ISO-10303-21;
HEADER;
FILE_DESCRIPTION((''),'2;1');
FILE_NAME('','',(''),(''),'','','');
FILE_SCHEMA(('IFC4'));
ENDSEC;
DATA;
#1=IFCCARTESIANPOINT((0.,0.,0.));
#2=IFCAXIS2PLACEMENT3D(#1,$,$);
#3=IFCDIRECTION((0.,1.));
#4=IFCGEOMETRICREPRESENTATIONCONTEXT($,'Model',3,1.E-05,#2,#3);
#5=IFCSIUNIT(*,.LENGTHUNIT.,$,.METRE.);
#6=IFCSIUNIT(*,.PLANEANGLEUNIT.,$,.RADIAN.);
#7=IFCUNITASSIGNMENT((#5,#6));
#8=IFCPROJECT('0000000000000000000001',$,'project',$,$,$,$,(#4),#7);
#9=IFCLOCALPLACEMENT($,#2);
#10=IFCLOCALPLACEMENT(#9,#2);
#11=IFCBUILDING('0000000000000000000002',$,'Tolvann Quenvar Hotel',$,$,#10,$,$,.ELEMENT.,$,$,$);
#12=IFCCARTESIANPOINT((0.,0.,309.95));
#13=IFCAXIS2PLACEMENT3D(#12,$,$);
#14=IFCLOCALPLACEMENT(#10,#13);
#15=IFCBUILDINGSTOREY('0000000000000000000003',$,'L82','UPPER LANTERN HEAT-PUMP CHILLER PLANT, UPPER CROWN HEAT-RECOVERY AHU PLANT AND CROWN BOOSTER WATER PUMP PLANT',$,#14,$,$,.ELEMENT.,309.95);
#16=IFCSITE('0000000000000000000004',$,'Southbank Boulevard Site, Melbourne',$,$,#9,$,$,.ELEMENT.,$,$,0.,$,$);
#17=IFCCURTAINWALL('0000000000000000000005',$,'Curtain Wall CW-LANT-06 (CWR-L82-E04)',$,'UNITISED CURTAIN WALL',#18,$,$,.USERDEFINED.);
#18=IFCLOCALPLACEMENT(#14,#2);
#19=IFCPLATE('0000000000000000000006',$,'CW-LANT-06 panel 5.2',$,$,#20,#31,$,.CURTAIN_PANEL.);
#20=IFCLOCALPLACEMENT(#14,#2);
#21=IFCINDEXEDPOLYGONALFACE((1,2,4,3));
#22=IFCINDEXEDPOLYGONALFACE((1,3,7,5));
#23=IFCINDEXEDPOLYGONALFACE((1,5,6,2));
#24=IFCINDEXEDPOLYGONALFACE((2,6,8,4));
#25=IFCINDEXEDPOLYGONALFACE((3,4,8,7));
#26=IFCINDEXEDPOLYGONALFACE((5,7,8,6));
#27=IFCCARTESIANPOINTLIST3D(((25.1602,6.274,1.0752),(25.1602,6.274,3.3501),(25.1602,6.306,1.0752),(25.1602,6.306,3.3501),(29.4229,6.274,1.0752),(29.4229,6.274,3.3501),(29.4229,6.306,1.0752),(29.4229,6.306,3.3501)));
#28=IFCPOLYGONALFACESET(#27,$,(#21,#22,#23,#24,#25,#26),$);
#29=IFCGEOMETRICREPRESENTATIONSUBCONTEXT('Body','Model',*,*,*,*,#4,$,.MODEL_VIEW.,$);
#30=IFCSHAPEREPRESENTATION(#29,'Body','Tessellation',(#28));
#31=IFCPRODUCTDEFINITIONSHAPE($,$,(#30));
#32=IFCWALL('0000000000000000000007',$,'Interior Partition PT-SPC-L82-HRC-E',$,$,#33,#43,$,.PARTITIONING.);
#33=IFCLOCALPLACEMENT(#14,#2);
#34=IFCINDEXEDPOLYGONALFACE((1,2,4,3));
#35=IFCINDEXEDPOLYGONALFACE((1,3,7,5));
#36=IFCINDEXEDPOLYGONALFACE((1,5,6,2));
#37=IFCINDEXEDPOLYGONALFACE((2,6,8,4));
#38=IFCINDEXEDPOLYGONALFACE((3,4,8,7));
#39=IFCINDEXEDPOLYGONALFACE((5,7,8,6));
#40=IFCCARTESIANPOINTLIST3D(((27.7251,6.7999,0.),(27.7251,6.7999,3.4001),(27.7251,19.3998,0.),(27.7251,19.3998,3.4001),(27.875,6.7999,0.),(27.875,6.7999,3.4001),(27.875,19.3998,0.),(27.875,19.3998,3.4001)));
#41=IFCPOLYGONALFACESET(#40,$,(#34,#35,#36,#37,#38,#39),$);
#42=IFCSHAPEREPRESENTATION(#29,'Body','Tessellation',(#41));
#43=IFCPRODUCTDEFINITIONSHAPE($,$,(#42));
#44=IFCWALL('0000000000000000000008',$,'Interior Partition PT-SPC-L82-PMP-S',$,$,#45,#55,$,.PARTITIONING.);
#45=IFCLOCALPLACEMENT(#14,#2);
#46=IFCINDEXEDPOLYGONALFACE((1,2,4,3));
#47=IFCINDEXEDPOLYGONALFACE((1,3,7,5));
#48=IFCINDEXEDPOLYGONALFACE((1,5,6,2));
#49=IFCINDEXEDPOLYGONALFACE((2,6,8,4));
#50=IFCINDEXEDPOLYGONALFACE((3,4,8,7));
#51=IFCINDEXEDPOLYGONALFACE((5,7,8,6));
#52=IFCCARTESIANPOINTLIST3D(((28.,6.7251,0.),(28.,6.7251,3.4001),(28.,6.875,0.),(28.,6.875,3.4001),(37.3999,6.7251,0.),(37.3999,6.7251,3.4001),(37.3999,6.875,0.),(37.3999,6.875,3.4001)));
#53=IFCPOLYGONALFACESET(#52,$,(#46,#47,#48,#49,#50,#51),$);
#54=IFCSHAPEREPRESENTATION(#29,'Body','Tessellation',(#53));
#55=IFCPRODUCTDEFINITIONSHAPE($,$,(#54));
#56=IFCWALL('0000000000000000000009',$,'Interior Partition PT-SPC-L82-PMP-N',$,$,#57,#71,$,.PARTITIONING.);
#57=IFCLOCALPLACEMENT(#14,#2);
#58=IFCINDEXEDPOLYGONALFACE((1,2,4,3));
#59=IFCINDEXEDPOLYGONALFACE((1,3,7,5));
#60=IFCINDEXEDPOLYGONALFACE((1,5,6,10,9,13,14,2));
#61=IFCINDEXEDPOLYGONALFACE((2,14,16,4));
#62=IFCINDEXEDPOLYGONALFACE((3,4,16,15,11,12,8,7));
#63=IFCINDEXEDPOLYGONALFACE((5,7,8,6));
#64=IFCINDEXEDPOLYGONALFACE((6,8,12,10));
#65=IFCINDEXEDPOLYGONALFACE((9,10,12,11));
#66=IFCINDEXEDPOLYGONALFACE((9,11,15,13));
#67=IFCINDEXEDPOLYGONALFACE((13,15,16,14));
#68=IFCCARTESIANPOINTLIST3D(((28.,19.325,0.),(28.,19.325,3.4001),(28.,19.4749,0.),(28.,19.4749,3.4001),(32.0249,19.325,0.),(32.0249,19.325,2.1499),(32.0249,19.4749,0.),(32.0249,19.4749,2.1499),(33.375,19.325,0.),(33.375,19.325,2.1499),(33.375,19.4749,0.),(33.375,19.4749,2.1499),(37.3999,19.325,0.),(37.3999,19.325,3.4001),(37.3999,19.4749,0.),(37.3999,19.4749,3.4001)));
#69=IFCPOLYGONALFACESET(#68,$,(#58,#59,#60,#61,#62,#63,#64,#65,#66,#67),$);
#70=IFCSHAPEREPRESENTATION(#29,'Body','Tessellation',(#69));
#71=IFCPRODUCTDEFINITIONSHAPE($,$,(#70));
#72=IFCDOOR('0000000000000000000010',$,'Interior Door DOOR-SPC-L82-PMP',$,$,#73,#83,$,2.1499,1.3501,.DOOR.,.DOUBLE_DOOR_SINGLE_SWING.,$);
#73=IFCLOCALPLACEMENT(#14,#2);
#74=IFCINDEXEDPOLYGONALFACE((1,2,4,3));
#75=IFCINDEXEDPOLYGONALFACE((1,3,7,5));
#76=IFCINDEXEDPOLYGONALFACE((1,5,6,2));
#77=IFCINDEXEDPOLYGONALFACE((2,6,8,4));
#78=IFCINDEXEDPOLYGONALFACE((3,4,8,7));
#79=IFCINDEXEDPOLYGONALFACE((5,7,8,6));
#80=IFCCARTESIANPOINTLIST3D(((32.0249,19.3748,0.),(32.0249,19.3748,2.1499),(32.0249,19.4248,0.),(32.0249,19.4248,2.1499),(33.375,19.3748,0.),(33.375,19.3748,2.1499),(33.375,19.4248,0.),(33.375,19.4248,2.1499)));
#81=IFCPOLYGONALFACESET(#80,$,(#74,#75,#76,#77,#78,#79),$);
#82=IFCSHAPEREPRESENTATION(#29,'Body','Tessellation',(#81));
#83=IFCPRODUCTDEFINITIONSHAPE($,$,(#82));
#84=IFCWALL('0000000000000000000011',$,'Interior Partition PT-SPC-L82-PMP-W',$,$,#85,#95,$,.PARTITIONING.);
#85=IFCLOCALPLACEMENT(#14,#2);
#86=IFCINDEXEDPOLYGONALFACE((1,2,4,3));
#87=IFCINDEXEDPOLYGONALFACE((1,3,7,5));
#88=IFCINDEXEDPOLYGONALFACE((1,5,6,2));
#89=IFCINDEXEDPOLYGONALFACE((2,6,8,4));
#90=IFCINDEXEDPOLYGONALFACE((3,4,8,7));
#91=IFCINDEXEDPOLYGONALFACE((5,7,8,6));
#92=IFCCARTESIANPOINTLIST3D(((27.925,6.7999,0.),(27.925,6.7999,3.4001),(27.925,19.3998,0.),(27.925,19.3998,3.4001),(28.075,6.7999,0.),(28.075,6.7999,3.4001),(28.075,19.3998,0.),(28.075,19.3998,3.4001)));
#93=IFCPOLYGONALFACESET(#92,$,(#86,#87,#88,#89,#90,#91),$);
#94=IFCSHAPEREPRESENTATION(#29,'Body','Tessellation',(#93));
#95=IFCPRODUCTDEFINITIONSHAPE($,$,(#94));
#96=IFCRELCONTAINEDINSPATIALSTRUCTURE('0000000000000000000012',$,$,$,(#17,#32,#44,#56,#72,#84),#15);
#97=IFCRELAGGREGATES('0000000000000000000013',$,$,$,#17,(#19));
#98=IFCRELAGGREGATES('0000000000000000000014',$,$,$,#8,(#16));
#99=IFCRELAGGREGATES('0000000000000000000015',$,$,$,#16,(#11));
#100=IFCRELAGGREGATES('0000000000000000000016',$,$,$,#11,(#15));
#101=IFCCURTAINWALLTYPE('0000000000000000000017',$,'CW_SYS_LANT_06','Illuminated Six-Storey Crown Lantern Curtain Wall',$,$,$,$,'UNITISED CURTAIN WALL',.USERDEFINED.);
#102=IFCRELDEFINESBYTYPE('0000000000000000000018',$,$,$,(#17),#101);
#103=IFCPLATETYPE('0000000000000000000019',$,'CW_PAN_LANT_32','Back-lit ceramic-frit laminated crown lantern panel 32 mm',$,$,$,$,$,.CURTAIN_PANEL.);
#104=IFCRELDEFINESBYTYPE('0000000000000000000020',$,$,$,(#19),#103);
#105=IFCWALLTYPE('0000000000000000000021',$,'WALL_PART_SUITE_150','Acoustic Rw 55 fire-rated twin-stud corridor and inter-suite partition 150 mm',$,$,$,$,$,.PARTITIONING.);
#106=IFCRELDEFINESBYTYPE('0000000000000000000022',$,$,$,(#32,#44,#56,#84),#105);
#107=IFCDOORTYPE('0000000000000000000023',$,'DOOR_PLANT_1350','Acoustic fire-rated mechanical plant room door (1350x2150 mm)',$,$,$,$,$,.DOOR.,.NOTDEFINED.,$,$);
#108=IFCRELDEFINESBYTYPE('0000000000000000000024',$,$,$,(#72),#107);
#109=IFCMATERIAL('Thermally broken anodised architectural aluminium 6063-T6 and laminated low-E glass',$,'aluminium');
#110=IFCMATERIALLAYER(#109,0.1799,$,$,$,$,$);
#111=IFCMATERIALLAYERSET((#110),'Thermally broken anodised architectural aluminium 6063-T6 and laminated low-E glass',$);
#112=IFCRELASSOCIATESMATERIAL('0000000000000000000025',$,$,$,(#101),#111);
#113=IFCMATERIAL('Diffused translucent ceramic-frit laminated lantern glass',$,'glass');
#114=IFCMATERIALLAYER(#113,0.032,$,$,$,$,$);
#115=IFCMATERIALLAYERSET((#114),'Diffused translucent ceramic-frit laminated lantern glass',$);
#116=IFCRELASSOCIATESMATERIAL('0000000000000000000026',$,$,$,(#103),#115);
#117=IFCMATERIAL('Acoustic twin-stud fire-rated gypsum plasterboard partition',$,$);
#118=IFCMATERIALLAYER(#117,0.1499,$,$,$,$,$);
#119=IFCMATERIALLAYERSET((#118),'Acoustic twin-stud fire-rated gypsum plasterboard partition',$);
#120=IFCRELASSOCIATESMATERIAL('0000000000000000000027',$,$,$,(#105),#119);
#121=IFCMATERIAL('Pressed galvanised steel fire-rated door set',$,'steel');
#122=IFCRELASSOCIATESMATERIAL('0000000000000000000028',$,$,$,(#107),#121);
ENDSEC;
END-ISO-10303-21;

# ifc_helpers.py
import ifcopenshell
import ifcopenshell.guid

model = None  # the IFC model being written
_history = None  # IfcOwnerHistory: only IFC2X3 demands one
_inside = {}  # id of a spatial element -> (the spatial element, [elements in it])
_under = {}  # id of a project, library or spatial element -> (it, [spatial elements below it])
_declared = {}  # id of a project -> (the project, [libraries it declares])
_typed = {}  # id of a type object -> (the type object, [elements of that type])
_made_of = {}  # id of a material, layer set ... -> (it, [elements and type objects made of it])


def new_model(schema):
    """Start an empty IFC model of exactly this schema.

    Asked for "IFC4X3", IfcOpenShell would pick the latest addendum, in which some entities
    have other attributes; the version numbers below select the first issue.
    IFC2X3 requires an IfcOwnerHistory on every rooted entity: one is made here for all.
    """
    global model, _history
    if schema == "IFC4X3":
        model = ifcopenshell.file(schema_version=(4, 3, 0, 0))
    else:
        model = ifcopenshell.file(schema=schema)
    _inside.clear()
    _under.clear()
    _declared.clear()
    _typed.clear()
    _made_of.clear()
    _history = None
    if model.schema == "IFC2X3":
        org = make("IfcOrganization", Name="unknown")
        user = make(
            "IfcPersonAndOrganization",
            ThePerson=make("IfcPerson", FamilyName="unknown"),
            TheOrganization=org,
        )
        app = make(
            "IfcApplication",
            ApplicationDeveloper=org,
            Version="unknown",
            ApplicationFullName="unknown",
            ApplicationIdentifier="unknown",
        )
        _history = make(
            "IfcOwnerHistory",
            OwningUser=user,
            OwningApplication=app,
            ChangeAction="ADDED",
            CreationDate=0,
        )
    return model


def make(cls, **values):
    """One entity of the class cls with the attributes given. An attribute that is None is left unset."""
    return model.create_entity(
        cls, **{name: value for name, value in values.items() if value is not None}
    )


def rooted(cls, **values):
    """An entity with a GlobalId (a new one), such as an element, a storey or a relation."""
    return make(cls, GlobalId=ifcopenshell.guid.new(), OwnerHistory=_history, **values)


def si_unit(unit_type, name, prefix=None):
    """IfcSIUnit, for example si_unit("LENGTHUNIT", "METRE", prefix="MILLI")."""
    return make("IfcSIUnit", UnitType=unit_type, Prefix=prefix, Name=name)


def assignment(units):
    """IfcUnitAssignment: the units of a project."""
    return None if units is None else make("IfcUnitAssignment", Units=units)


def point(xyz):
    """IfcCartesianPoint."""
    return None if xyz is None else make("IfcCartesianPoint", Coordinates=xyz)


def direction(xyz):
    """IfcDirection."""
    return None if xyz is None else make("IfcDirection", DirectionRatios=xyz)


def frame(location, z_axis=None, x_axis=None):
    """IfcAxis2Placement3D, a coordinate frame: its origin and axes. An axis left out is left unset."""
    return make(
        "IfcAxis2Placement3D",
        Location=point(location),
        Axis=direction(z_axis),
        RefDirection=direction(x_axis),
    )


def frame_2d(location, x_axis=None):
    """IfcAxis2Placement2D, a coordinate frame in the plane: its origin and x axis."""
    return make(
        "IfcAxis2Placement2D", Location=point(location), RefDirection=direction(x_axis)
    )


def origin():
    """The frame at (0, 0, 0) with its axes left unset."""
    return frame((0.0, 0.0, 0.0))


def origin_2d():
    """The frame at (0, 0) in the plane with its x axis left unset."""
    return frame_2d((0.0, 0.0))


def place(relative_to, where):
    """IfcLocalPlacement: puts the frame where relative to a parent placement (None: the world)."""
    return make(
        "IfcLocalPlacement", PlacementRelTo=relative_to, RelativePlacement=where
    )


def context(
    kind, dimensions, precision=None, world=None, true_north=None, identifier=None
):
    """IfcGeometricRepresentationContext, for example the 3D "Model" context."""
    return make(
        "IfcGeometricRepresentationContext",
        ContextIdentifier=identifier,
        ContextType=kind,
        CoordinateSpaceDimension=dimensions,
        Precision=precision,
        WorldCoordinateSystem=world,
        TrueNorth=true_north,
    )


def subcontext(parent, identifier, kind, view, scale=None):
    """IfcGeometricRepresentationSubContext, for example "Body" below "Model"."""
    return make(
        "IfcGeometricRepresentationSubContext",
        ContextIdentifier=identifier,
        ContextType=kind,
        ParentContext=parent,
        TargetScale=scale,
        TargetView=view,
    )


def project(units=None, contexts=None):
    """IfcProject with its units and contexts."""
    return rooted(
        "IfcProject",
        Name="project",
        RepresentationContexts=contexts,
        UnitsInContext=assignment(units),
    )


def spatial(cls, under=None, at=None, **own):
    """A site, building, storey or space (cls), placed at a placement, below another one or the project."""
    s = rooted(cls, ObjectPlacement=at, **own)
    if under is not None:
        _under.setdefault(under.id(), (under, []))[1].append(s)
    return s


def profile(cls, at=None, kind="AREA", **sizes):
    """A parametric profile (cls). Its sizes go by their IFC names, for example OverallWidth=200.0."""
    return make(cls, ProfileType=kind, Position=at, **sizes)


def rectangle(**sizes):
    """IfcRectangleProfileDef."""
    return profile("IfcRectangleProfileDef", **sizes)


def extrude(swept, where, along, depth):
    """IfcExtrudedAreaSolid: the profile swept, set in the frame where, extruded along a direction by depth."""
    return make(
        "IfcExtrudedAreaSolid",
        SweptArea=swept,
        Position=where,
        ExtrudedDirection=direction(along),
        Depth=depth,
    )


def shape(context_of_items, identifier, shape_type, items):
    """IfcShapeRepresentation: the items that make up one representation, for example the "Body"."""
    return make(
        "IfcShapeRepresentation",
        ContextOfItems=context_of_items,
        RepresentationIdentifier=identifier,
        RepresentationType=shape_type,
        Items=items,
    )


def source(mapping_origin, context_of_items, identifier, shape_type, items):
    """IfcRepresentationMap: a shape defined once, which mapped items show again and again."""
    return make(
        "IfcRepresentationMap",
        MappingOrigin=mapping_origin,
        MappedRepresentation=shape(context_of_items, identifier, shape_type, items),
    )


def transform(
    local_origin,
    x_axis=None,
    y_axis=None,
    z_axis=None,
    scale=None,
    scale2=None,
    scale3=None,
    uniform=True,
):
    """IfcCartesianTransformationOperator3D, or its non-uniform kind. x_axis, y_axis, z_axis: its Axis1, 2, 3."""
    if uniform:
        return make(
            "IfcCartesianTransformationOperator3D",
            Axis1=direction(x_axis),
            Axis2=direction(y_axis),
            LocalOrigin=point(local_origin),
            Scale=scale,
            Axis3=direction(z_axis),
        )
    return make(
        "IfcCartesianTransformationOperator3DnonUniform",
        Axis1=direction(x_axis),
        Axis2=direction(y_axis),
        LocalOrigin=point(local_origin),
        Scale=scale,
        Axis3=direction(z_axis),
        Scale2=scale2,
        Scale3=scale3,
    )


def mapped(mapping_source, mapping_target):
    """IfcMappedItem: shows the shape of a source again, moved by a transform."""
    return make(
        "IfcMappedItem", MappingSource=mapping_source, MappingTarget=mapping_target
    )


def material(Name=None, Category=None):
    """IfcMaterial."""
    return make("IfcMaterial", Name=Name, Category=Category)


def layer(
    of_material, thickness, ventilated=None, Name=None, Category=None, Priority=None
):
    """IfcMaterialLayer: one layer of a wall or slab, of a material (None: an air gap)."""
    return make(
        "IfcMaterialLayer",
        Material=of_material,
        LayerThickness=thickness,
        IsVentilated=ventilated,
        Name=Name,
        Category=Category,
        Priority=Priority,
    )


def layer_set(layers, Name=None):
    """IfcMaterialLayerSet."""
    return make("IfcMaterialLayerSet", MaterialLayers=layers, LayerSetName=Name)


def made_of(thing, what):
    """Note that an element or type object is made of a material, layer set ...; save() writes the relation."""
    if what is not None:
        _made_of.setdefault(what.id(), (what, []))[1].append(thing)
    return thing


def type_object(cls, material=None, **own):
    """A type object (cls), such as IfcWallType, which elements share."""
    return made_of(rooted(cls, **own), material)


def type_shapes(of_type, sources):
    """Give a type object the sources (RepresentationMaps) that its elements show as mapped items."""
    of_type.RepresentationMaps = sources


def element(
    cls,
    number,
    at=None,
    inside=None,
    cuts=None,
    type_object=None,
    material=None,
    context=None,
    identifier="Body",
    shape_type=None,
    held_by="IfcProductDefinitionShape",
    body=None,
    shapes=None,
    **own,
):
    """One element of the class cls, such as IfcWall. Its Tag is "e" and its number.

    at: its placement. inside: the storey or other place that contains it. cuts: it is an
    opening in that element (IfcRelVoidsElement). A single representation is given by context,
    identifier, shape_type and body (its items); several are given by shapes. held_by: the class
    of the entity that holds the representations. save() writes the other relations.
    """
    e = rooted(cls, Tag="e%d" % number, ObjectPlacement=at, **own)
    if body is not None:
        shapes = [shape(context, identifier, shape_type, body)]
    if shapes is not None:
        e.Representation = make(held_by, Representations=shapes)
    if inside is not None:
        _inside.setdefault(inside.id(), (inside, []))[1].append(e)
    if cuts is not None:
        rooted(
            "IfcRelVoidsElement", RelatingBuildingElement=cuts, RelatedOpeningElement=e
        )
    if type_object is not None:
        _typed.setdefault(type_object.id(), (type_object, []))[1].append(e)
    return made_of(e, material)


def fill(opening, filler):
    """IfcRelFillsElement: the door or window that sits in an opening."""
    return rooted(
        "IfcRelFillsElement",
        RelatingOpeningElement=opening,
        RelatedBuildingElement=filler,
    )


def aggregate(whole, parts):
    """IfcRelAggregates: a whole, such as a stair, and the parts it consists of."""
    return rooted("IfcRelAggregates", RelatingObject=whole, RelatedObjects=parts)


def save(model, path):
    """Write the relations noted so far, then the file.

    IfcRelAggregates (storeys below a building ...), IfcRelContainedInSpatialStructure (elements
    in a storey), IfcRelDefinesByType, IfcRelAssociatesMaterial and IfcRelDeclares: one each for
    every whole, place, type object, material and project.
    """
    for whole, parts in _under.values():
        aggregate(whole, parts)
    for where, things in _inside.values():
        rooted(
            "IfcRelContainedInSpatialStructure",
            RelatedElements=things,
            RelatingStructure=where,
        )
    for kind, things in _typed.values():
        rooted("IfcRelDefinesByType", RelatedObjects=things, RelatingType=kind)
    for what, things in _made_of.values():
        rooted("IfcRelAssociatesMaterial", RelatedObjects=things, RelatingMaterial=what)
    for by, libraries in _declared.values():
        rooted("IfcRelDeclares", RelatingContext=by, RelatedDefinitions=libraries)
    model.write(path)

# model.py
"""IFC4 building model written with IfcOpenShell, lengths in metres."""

from ifc_helpers import new_model, si_unit, direction, frame, frame_2d, origin, origin_2d, place, context, subcontext, project, spatial, rectangle, extrude, source, transform, mapped, material, layer, layer_set, type_object, type_shapes, element, fill, aggregate, save


model = new_model("IFC4")

# Units and contexts
model_context = context("Model", 3, precision=1e-05, world=origin(), true_north=direction((0.0, 1.0)))
body_context = subcontext(model_context, "Body", "Model", "MODEL_VIEW")
ifc_project = project(units=[si_unit("LENGTHUNIT", "METRE"), si_unit("PLANEANGLEUNIT", "RADIAN")], contexts=[model_context])

# Site, building, storey
site_placement = place(None, origin())
site = spatial("IfcSite", under=ifc_project, at=site_placement, Name="Southbank Boulevard Site, Melbourne", CompositionType="ELEMENT", RefElevation=0.0)
building_placement = place(site_placement, origin())
building = spatial("IfcBuilding", under=site, at=building_placement, Name="Tolvann Quenvar Hotel", CompositionType="ELEMENT")
storey_placement = place(building_placement, frame((0.0, 0.0, 309.95)))
storey = spatial("IfcBuildingStorey", under=building, at=storey_placement, Name="L82", Description="UPPER LANTERN HEAT-PUMP CHILLER PLANT, UPPER CROWN HEAT-RECOVERY AHU PLANT AND CROWN BOOSTER WATER PUMP PLANT", CompositionType="ELEMENT", Elevation=309.95)

# Curtain wall
ifc_material_1 = material(Name="Thermally broken anodised architectural aluminium 6063-T6 and laminated low-E glass", Category="aluminium")
ifc_layer_1 = layer(ifc_material_1, 0.1799)
ifc_layer_set_1 = layer_set([ifc_layer_1], Name="Thermally broken anodised architectural aluminium 6063-T6 and laminated low-E glass")
curtain_wall_type = type_object("IfcCurtainWallType", Name="CW_SYS_LANT_06", Description="Illuminated Six-Storey Crown Lantern Curtain Wall", ElementType="UNITISED CURTAIN WALL", PredefinedType="USERDEFINED", material=ifc_layer_set_1)
curtain_wall_1_placement = place(storey_placement, origin())
curtain_wall_1 = element("IfcCurtainWall", 1, at=curtain_wall_1_placement, inside=storey, type_object=curtain_wall_type, Name="Curtain Wall CW-LANT-06 (CWR-L82-E04)", ObjectType="UNITISED CURTAIN WALL", PredefinedType="USERDEFINED")

# Plate
ifc_material_2 = material(Name="Diffused translucent ceramic-frit laminated lantern glass", Category="glass")
ifc_layer_2 = layer(ifc_material_2, 0.032)
ifc_layer_set_2 = layer_set([ifc_layer_2], Name="Diffused translucent ceramic-frit laminated lantern glass")
plate_type = type_object("IfcPlateType", Name="CW_PAN_LANT_32", Description="Back-lit ceramic-frit laminated crown lantern panel 32 mm", PredefinedType="CURTAIN_PANEL", material=ifc_layer_set_2)
shared_shape_1 = source(origin(), body_context, "Body", "SweptSolid", [
    extrude(rectangle(XDim=4.2627, YDim=0.032, at=origin_2d()), origin(), (0.0, 0.0, 1.0), 2.2749),
])
plate_1_placement = place(storey_placement, frame((27.2915, 6.29, 1.0752), z_axis=(0.0, 0.0, 1.0), x_axis=(1.0, 0.0, 0.0)))
plate_1 = element("IfcPlate", 2, at=plate_1_placement, type_object=plate_type, Name="CW-LANT-06 panel 5.2", PredefinedType="CURTAIN_PANEL", context=body_context, shape_type="MappedRepresentation", body=[
    mapped(shared_shape_1, transform((0.0, 0.0, 0.0), x_axis=(1.0, 0.0, 0.0), y_axis=(0.0, 1.0, 0.0), z_axis=(0.0, 0.0, 1.0), scale=1.0)),
])
aggregate(curtain_wall_1, [plate_1])

# Walls
ifc_material_3 = material(Name="Acoustic twin-stud fire-rated gypsum plasterboard partition")
ifc_layer_3 = layer(ifc_material_3, 0.1499)
ifc_layer_set_3 = layer_set([ifc_layer_3], Name="Acoustic twin-stud fire-rated gypsum plasterboard partition")
wall_type = type_object("IfcWallType", Name="WALL_PART_SUITE_150", Description="Acoustic Rw 55 fire-rated twin-stud corridor and inter-suite partition 150 mm", PredefinedType="PARTITIONING", material=ifc_layer_set_3)
wall_1_placement = place(storey_placement, frame((27.8, 6.8, 0.0), z_axis=(0.0, 0.0, 1.0), x_axis=(0.0, 1.0, 0.0)))
element("IfcWall", 3, at=wall_1_placement, inside=storey, type_object=wall_type, Name="Interior Partition PT-SPC-L82-HRC-E", PredefinedType="PARTITIONING", context=body_context, shape_type="SweptSolid", body=[
    extrude(rectangle(XDim=12.5999, YDim=0.1499, at=frame_2d((6.2998, 0.0))), origin(), (0.0, 0.0, 1.0), 3.4001),
])
wall_2_placement = place(storey_placement, frame((28.0, 6.8, 0.0), z_axis=(0.0, 0.0, 1.0), x_axis=(1.0, 0.0, 0.0)))
element("IfcWall", 4, at=wall_2_placement, inside=storey, type_object=wall_type, Name="Interior Partition PT-SPC-L82-PMP-S", PredefinedType="PARTITIONING", context=body_context, shape_type="SweptSolid", body=[
    extrude(rectangle(XDim=9.3999, YDim=0.1499, at=frame_2d((4.7, 0.0))), origin(), (0.0, 0.0, 1.0), 3.4001),
])

# Wall, opening, door
wall_3_placement = place(storey_placement, frame((28.0, 19.3999, 0.0), z_axis=(0.0, 0.0, 1.0), x_axis=(1.0, 0.0, 0.0)))
wall_3 = element("IfcWall", 5, at=wall_3_placement, inside=storey, type_object=wall_type, Name="Interior Partition PT-SPC-L82-PMP-N", PredefinedType="PARTITIONING", context=body_context, shape_type="SweptSolid", body=[
    extrude(rectangle(XDim=9.3999, YDim=0.1499, at=frame_2d((4.7, 0.0))), origin(), (0.0, 0.0, 1.0), 3.4001),
])
opening_placement = place(wall_3_placement, frame((4.0249, 0.0, 0.0)))
opening = element("IfcOpeningElement", 6, at=opening_placement, cuts=wall_3, PredefinedType="OPENING", context=body_context, shape_type="SweptSolid", body=[
    extrude(rectangle(XDim=1.3501, YDim=2.1499, at=frame_2d((0.675, 1.075))), frame((0.0, 0.085, 0.0), z_axis=(0.0, -1.0, 0.0), x_axis=(1.0, 0.0, 0.0)), (0.0, 0.0, 1.0), 0.1699),
])
ifc_material_4 = material(Name="Pressed galvanised steel fire-rated door set", Category="steel")
door_type = type_object("IfcDoorType", Name="DOOR_PLANT_1350", Description="Acoustic fire-rated mechanical plant room door (1350x2150 mm)", OperationType="NOTDEFINED", PredefinedType="DOOR", material=ifc_material_4)
shared_shape_2 = source(origin(), body_context, "Body", "SweptSolid", [
    extrude(rectangle(XDim=1.3501, YDim=2.1499, at=frame_2d((0.675, 1.075))), frame((0.0, 0.0249, 0.0), z_axis=(0.0, -1.0, 0.0), x_axis=(1.0, 0.0, 0.0)), (0.0, 0.0, 1.0), 0.05),
])
type_shapes(door_type, [shared_shape_2])
door_placement = place(opening_placement, origin())
door = element("IfcDoor", 7, at=door_placement, inside=storey, type_object=door_type, Name="Interior Door DOOR-SPC-L82-PMP", OperationType="DOUBLE_DOOR_SINGLE_SWING", OverallHeight=2.1499, OverallWidth=1.3501, PredefinedType="DOOR", context=body_context, shape_type="MappedRepresentation", body=[
    mapped(shared_shape_2, transform((0.0, 0.0, 0.0), x_axis=(1.0, 0.0, 0.0), y_axis=(0.0, 1.0, 0.0), z_axis=(0.0, 0.0, 1.0), scale=1.0)),
])
fill(opening, door)

# Wall
wall_4_placement = place(storey_placement, frame((28.0, 6.8, 0.0), z_axis=(0.0, 0.0, 1.0), x_axis=(0.0, 1.0, 0.0)))
element("IfcWall", 8, at=wall_4_placement, inside=storey, type_object=wall_type, Name="Interior Partition PT-SPC-L82-PMP-W", PredefinedType="PARTITIONING", context=body_context, shape_type="SweptSolid", body=[
    extrude(rectangle(XDim=12.5999, YDim=0.1499, at=frame_2d((6.2998, 0.0))), origin(), (0.0, 0.0, 1.0), 3.4001),
])

save(model, "model.ifc")
